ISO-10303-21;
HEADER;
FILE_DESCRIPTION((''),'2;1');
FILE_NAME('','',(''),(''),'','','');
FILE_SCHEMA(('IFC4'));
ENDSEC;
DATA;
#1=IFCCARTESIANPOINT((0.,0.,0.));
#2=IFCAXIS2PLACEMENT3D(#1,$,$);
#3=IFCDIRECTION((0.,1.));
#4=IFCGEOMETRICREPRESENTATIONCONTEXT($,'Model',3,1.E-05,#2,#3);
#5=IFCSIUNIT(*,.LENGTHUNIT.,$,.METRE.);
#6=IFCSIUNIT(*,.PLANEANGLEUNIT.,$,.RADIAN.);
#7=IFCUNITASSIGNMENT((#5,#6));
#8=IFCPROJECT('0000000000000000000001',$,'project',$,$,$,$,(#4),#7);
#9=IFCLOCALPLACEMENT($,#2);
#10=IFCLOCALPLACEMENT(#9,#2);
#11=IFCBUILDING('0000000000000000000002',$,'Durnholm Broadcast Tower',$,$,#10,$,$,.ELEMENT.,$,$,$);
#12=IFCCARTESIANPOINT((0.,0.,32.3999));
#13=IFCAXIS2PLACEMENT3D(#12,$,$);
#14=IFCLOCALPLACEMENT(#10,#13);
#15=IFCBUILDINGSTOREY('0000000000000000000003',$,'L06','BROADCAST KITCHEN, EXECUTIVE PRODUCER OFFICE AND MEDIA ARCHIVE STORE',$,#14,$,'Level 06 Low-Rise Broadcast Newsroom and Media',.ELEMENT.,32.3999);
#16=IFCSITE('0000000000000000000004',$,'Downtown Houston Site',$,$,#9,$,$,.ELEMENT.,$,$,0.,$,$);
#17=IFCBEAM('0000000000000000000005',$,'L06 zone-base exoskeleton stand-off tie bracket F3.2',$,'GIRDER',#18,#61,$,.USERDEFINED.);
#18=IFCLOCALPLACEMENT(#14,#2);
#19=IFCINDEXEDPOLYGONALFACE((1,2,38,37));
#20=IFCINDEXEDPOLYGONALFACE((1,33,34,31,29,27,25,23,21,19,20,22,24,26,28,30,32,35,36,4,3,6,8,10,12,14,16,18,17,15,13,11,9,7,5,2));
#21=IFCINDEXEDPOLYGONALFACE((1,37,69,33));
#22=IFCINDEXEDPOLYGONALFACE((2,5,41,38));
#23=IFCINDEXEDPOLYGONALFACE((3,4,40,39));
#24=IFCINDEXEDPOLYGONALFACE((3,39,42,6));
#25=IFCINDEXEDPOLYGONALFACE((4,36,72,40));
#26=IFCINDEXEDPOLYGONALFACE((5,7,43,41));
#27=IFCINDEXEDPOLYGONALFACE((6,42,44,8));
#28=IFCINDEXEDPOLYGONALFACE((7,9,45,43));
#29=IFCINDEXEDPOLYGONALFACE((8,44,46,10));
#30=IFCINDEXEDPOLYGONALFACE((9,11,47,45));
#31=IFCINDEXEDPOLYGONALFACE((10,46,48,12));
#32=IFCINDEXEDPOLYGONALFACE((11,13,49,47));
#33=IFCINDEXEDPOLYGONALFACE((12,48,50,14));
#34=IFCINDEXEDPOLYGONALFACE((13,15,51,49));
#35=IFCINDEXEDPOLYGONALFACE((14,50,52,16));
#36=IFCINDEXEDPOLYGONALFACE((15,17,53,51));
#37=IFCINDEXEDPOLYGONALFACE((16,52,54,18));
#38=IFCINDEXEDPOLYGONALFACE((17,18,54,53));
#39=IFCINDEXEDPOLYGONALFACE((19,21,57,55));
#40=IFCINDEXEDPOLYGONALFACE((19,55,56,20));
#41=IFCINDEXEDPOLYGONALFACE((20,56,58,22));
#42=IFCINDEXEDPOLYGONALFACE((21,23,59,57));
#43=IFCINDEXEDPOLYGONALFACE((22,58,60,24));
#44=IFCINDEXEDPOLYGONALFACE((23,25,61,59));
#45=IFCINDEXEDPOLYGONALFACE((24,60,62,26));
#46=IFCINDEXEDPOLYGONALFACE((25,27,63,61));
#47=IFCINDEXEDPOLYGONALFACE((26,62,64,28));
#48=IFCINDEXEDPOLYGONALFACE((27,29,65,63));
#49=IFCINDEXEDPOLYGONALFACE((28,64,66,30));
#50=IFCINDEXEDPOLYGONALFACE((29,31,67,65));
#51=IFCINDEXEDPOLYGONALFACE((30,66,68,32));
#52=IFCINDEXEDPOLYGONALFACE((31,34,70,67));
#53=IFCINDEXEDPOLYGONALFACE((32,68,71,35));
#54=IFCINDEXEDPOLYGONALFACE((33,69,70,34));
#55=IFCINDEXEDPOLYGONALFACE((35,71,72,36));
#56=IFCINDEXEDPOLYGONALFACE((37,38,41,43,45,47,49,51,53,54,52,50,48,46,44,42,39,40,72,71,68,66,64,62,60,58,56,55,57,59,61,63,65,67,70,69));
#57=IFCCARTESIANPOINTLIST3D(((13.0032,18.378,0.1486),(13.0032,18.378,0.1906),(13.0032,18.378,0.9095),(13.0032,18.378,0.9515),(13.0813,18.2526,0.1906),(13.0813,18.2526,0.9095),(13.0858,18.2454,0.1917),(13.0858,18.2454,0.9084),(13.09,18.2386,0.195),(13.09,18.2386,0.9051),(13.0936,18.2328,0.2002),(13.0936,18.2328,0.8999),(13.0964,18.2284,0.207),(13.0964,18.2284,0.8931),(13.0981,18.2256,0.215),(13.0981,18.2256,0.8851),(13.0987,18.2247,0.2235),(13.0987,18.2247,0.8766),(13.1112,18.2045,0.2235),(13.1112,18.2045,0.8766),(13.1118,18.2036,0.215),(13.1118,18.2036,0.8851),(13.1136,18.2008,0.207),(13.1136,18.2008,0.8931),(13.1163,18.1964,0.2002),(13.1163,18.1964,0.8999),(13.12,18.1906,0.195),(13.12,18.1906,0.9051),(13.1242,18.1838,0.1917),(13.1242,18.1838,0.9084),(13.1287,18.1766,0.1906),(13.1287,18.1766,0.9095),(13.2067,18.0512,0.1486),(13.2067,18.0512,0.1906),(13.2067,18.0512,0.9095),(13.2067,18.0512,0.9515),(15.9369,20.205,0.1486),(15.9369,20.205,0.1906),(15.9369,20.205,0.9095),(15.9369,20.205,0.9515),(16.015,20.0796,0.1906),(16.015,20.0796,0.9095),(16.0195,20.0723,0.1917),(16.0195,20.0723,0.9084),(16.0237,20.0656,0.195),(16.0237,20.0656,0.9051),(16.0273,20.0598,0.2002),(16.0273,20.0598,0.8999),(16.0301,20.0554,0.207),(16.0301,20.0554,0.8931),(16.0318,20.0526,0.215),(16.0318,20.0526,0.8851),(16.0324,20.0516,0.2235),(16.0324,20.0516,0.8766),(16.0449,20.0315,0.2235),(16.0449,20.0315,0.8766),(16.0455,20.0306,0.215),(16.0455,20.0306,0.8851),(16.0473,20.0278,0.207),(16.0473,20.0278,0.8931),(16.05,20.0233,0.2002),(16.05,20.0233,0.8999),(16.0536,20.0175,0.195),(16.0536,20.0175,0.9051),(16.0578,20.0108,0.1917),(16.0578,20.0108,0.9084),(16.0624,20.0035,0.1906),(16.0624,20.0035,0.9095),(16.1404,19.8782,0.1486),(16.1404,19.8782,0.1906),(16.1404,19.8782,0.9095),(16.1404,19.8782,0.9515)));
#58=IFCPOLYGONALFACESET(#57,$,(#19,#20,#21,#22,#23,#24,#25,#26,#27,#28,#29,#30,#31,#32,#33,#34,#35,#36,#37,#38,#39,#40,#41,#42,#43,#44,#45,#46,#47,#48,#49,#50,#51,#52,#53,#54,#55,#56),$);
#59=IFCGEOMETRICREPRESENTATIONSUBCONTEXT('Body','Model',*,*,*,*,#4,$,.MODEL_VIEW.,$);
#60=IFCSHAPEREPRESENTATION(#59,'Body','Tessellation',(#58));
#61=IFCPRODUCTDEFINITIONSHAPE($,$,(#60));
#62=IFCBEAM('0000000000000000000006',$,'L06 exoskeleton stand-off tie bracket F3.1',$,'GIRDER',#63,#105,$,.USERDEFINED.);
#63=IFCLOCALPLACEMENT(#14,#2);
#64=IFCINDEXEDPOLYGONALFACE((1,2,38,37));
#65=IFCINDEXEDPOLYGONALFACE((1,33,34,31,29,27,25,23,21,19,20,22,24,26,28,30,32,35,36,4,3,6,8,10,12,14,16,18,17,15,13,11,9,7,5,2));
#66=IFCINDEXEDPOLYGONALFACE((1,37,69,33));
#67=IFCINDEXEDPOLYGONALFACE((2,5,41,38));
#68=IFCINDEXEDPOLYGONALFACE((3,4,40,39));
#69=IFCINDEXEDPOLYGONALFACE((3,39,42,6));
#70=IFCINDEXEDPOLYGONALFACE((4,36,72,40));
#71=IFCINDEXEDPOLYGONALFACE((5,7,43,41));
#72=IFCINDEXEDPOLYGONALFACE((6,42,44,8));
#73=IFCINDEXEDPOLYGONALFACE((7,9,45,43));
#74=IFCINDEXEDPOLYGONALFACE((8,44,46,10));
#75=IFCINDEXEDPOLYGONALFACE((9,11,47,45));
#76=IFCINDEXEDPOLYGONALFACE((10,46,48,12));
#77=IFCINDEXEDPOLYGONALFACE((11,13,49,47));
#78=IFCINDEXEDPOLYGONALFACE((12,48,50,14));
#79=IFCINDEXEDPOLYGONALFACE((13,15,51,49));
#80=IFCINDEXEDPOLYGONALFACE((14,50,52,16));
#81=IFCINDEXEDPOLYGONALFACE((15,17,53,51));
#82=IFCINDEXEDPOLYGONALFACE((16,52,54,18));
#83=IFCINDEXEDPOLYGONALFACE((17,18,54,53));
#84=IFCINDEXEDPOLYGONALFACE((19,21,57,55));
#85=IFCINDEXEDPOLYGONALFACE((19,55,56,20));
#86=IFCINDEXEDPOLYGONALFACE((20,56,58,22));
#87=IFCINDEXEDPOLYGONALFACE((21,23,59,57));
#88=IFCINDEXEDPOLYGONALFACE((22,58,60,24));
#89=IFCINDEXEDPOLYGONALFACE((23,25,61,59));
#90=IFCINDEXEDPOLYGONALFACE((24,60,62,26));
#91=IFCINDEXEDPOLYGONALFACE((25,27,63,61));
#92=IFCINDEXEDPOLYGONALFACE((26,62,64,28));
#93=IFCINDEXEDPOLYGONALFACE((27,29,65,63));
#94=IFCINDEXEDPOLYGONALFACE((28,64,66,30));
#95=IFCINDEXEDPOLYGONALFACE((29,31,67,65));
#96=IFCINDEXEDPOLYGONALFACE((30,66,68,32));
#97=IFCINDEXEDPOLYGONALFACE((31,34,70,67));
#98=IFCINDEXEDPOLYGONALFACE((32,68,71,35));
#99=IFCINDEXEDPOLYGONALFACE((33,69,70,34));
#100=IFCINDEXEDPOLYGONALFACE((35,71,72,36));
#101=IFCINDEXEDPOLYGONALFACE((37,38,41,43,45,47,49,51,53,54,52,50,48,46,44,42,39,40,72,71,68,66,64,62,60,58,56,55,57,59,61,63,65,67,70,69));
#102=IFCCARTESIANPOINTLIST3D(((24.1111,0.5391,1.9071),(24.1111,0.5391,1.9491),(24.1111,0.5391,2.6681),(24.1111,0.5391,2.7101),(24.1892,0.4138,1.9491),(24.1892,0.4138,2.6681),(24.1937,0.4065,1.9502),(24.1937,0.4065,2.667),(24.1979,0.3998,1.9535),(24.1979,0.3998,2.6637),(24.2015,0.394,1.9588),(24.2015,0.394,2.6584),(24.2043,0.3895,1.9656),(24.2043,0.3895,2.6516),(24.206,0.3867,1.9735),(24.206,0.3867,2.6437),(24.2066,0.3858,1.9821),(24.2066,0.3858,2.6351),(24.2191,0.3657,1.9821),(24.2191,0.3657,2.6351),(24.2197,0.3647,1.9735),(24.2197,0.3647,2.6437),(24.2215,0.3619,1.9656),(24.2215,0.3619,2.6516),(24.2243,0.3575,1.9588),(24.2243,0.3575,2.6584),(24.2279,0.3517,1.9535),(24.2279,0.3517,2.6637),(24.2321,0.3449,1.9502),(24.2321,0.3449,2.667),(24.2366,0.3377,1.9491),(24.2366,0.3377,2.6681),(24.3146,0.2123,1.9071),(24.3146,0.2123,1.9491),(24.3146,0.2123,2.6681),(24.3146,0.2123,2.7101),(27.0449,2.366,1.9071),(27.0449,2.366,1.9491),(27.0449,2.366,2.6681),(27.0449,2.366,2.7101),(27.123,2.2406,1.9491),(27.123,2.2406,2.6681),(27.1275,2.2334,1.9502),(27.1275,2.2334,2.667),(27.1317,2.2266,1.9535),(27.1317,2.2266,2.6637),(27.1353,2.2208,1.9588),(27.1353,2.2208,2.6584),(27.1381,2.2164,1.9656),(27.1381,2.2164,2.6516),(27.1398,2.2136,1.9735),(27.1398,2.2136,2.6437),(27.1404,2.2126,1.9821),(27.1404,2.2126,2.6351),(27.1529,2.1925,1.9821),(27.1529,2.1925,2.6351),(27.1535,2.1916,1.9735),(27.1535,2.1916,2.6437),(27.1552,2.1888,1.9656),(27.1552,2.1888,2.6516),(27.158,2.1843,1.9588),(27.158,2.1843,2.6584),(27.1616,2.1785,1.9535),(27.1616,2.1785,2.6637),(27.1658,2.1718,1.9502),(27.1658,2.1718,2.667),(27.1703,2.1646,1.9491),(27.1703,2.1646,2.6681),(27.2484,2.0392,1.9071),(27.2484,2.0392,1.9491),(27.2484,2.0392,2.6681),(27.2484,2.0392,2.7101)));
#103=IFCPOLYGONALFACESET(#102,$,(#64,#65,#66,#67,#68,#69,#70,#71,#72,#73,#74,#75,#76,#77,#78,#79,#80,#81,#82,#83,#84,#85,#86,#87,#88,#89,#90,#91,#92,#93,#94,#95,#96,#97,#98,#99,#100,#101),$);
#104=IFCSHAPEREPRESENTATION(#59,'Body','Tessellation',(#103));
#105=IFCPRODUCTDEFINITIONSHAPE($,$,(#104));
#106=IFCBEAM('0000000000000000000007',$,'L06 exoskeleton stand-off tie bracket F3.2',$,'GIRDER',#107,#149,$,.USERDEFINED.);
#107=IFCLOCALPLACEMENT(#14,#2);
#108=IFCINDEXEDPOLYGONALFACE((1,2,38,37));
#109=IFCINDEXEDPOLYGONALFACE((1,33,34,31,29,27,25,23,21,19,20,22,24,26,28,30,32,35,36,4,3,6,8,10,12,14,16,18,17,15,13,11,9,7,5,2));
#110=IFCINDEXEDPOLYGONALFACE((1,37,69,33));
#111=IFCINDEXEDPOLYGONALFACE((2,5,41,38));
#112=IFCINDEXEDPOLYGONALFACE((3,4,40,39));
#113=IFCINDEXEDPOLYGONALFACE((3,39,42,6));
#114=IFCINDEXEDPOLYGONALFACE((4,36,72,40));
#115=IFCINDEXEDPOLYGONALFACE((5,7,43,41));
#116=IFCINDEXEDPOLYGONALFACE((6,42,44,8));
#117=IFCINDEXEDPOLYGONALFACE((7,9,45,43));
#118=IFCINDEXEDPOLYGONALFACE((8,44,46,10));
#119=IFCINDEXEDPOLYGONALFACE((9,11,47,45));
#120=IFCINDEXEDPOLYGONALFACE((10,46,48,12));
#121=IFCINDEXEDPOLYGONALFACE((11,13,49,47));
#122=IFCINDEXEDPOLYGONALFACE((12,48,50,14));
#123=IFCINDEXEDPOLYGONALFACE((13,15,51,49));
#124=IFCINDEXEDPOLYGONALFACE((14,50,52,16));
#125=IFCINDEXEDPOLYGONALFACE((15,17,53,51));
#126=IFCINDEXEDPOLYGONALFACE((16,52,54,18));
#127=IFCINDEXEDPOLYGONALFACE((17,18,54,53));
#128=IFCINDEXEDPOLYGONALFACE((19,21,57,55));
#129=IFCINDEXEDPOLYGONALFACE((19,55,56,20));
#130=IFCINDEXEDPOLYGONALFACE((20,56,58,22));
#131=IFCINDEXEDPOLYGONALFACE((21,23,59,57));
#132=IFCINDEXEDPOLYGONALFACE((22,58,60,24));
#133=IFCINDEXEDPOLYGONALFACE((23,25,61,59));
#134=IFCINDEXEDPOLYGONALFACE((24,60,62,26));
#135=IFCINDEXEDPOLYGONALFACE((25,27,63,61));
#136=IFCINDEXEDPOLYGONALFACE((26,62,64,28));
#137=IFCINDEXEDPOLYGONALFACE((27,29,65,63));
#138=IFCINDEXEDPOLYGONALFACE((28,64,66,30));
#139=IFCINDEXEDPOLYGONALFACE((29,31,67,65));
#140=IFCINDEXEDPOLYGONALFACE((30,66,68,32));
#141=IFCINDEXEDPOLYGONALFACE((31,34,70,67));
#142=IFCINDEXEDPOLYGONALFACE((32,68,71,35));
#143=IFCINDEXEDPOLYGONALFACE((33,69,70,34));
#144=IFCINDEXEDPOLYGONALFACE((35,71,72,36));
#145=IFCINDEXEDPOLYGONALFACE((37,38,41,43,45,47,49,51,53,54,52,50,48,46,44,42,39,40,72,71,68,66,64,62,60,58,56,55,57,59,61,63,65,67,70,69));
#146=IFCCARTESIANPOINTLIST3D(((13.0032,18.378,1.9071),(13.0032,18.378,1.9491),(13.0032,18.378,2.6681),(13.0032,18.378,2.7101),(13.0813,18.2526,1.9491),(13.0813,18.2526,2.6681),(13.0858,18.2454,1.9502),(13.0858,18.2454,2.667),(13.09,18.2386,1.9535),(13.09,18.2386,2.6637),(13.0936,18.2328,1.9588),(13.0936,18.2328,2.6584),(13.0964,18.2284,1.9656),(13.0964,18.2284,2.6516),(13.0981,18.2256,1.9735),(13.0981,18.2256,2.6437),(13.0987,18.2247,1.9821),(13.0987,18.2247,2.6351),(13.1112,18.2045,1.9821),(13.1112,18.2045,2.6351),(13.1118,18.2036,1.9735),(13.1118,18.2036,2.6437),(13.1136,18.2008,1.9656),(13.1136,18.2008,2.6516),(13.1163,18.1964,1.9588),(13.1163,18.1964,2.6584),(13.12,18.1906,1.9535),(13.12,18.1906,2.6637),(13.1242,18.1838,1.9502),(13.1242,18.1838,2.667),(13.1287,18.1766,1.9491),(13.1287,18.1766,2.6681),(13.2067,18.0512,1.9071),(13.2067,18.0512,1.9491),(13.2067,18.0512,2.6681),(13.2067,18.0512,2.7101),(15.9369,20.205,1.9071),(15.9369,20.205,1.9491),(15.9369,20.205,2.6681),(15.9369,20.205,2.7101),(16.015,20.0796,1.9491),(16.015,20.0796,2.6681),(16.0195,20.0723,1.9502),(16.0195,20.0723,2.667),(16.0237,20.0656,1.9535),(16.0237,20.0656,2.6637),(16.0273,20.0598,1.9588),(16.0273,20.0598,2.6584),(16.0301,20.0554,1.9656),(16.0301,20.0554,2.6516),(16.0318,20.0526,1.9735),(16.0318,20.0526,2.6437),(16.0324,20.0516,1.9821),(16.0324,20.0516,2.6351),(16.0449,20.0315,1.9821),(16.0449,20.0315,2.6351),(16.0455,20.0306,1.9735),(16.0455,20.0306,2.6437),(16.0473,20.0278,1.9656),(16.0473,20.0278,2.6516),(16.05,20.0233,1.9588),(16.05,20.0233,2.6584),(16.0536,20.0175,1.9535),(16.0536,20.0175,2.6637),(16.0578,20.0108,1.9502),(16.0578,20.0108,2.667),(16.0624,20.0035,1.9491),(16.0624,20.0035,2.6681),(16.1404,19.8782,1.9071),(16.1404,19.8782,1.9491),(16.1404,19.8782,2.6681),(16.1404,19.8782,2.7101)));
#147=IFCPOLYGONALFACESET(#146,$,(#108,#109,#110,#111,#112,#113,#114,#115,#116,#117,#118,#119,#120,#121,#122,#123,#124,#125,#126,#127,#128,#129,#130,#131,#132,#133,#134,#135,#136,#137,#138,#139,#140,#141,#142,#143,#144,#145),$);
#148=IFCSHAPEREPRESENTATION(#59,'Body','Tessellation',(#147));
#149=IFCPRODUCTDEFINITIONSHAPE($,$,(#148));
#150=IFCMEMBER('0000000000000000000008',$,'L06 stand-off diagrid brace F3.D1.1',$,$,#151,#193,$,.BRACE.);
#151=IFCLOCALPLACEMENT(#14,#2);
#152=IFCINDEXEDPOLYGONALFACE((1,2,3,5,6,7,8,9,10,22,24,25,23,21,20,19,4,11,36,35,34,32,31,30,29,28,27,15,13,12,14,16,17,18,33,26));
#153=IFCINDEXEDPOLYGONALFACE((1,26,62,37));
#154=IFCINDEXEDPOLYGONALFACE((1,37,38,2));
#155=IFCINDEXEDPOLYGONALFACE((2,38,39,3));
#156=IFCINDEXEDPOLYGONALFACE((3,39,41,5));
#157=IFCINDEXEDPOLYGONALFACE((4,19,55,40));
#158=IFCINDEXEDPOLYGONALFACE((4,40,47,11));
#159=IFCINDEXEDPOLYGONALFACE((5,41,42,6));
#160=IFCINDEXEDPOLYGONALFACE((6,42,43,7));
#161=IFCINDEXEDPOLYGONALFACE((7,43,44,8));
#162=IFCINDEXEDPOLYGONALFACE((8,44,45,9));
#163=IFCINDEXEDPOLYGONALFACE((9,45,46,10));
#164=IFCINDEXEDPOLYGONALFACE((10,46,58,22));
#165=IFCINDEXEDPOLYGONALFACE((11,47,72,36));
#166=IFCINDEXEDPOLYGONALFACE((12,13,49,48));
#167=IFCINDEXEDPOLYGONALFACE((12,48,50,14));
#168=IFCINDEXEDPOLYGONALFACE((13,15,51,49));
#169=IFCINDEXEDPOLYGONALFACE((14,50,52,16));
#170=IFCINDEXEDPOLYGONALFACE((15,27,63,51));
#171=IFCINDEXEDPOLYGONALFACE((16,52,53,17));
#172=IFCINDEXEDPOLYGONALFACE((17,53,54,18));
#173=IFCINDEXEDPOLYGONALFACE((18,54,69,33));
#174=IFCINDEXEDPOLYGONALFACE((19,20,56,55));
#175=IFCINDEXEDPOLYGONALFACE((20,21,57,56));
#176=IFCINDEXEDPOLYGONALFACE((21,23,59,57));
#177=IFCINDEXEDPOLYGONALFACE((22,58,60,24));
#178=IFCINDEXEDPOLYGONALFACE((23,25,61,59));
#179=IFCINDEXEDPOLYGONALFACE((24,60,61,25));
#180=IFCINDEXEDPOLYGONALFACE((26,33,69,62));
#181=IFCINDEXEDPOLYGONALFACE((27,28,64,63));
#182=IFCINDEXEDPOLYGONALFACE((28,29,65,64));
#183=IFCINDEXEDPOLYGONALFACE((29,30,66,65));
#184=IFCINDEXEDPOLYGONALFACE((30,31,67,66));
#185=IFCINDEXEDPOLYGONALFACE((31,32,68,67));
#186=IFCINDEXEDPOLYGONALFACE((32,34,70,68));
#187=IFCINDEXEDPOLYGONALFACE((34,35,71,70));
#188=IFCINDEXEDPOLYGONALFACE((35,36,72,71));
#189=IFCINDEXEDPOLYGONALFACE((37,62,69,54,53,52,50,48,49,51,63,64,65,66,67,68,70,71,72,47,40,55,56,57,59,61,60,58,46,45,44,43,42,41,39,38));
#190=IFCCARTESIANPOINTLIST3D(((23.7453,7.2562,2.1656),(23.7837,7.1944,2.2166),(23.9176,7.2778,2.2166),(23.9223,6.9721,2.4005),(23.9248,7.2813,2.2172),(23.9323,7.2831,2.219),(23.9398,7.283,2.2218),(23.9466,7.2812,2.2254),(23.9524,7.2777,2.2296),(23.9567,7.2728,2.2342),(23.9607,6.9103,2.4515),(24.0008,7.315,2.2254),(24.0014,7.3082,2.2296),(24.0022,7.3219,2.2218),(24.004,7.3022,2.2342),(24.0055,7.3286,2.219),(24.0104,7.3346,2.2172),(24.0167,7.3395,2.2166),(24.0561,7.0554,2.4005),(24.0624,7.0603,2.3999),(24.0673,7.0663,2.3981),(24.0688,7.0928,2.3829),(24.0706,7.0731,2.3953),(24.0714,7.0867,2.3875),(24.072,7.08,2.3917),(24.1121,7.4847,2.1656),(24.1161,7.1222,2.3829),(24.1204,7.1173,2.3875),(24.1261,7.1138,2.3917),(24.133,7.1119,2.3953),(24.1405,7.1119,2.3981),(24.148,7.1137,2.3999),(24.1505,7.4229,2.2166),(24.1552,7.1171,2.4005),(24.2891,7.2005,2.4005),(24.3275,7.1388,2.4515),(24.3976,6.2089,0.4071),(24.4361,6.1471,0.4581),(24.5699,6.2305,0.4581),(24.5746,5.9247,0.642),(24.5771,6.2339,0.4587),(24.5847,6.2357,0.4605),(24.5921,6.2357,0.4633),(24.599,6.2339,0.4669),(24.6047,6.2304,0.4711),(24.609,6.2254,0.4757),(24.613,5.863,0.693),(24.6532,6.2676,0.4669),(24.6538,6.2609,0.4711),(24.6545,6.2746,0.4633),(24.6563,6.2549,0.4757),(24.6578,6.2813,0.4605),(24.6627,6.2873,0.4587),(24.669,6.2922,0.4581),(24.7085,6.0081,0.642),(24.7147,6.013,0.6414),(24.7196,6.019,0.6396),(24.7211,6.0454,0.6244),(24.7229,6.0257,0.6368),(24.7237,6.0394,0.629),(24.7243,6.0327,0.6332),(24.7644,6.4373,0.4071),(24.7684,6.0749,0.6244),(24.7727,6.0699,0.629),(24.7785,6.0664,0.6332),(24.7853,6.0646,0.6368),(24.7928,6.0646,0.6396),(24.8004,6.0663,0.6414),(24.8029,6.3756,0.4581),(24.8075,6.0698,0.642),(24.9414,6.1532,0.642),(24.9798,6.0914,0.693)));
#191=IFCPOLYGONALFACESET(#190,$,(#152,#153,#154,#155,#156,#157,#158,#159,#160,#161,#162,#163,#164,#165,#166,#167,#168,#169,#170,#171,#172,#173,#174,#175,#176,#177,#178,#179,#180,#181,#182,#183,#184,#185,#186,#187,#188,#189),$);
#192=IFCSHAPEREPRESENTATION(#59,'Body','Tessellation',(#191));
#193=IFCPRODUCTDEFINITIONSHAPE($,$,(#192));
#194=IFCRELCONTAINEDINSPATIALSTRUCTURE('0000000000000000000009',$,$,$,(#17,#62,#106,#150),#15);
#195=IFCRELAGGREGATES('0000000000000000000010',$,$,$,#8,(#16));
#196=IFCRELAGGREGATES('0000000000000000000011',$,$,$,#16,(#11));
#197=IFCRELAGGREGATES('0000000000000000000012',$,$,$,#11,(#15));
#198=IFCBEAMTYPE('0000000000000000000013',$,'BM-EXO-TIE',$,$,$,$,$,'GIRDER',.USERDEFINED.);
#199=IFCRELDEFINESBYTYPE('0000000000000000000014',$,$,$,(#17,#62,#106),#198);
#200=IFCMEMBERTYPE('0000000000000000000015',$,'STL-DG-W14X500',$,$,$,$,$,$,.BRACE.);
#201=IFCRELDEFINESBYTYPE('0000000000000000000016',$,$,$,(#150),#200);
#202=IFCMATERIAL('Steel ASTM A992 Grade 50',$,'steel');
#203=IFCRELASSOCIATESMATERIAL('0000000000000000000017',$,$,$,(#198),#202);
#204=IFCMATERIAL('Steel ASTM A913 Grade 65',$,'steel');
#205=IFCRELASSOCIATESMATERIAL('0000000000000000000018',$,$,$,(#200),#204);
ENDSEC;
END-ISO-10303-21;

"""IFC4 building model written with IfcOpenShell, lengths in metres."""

from ifc_helpers import new_model, si_unit, direction, frame, origin, origin_2d, place, context, subcontext, project, spatial, i_section, extrude, source, transform, mapped, material, material_profile, profile_set, type_object, type_shapes, element, save


model = new_model("IFC4")

# Units and contexts
model_context = context("Model", 3, precision=1e-05, world=origin(), true_north=direction((0.0, 1.0)))
body_context = subcontext(model_context, "Body", "Model", "MODEL_VIEW")
ifc_project = project(units=[si_unit("LENGTHUNIT", "METRE"), si_unit("PLANEANGLEUNIT", "RADIAN")], contexts=[model_context])

# Site, building, storey
site_placement = place(None, origin())
site = spatial("IfcSite", under=ifc_project, at=site_placement, Name="Downtown Houston Site", CompositionType="ELEMENT", RefElevation=0.0)
building_placement = place(site_placement, origin())
building = spatial("IfcBuilding", under=site, at=building_placement, Name="Durnholm Broadcast Tower", CompositionType="ELEMENT")
storey_placement = place(building_placement, frame((0.0, 0.0, 32.3999)))
storey = spatial("IfcBuildingStorey", under=building, at=storey_placement, Name="L06", Description="BROADCAST KITCHEN, EXECUTIVE PRODUCER OFFICE AND MEDIA ARCHIVE STORE", LongName="Level 06 Low-Rise Broadcast Newsroom and Media", CompositionType="ELEMENT", Elevation=32.3999)

# Beams
ifc_material_1 = material(Name="Steel ASTM A992 Grade 50", Category="steel")
ifc_material_profile_1 = material_profile(ifc_material_1, i_section(OverallWidth=0.385, OverallDepth=0.803, WebThickness=0.0237, FlangeThickness=0.042, FilletRadius=0.033, at=origin_2d()), Name="W30X261")
ifc_profile_set_1 = profile_set([ifc_material_profile_1], Name="Steel ASTM A992 Grade 50")
beam_type_1 = type_object("IfcBeamType", Name="BM-EXO-TIE", ElementType="GIRDER", PredefinedType="USERDEFINED", material=ifc_profile_set_1)
shared_shape_1 = source(origin(), body_context, "Body", "SweptSolid", [
    extrude(i_section(OverallWidth=0.385, OverallDepth=0.803, WebThickness=0.0237, FlangeThickness=0.042, FilletRadius=0.033, at=origin_2d()), origin(), (0.0, 0.0, 1.0), 3.4561),
])
for number, where, z_axis, x_axis, name in (
    (1, (13.105, 18.2146, 0.55), (0.848854, 0.528627, 0.0), (-0.528627, 0.848854, 0.0), "L06 zone-base exoskeleton stand-off tie bracket F3.2"),
    (2, (24.2129, 0.3757, 2.3086), (0.848874, 0.528595, 0.0), (-0.528595, 0.848874, 0.0), "L06 exoskeleton stand-off tie bracket F3.1"),
    (3, (13.105, 18.2146, 2.3086), (0.848854, 0.528627, 0.0), (-0.528627, 0.848854, 0.0), "L06 exoskeleton stand-off tie bracket F3.2"),
):
    element("IfcBeam", number, at=place(storey_placement, frame(where, z_axis=z_axis, x_axis=x_axis)), inside=storey, type_object=beam_type_1, Name=name, ObjectType="GIRDER", PredefinedType="USERDEFINED", context=body_context, shape_type="MappedRepresentation", body=[
        mapped(shared_shape_1, transform((0.0, 0.0, 0.0), x_axis=(1.0, 0.0, 0.0), y_axis=(0.0, 1.0, 0.0), z_axis=(0.0, 0.0, 1.0), scale=1.0)),
    ])

# Member
ifc_material_2 = material(Name="Steel ASTM A913 Grade 65", Category="steel")
ifc_material_profile_2 = material_profile(ifc_material_2, i_section(OverallWidth=0.4321, OverallDepth=0.4978, WebThickness=0.0557, FlangeThickness=0.0889, FilletRadius=0.0305, at=origin_2d()), Name="W14X500")
ifc_profile_set_2 = profile_set([ifc_material_profile_2], Name="Steel ASTM A913 Grade 65")
member_type_1 = type_object("IfcMemberType", Name="STL-DG-W14X500", PredefinedType="BRACE", material=ifc_profile_set_2)
shared_shape_2 = source(origin(), body_context, "Body", "SweptSolid", [
    extrude(i_section(OverallWidth=0.4321, OverallDepth=0.4978, WebThickness=0.0557, FlangeThickness=0.0889, FilletRadius=0.0305, at=origin_2d()), origin(), (0.0, 0.0, 1.0), 2.1482),
])
type_shapes(member_type_1, [shared_shape_2])
for number, where, z_axis, x_axis, name in (
    (4, (24.6887, 6.1501, 0.55), (-0.303662, 0.487541, 0.818592), (-0.84882, -0.528682, 0.0), "L06 stand-off diagrid brace F3.D1.1"),
):
    element("IfcMember", number, at=place(storey_placement, frame(where, z_axis=z_axis, x_axis=x_axis)), inside=storey, type_object=member_type_1, Name=name, PredefinedType="BRACE", context=body_context, shape_type="MappedRepresentation", body=[
        mapped(shared_shape_2, transform((0.0, 0.0, 0.0), x_axis=(1.0, 0.0, 0.0), y_axis=(0.0, 1.0, 0.0), z_axis=(0.0, 0.0, 1.0), scale=1.0)),
    ])

save(model, "model.ifc")
